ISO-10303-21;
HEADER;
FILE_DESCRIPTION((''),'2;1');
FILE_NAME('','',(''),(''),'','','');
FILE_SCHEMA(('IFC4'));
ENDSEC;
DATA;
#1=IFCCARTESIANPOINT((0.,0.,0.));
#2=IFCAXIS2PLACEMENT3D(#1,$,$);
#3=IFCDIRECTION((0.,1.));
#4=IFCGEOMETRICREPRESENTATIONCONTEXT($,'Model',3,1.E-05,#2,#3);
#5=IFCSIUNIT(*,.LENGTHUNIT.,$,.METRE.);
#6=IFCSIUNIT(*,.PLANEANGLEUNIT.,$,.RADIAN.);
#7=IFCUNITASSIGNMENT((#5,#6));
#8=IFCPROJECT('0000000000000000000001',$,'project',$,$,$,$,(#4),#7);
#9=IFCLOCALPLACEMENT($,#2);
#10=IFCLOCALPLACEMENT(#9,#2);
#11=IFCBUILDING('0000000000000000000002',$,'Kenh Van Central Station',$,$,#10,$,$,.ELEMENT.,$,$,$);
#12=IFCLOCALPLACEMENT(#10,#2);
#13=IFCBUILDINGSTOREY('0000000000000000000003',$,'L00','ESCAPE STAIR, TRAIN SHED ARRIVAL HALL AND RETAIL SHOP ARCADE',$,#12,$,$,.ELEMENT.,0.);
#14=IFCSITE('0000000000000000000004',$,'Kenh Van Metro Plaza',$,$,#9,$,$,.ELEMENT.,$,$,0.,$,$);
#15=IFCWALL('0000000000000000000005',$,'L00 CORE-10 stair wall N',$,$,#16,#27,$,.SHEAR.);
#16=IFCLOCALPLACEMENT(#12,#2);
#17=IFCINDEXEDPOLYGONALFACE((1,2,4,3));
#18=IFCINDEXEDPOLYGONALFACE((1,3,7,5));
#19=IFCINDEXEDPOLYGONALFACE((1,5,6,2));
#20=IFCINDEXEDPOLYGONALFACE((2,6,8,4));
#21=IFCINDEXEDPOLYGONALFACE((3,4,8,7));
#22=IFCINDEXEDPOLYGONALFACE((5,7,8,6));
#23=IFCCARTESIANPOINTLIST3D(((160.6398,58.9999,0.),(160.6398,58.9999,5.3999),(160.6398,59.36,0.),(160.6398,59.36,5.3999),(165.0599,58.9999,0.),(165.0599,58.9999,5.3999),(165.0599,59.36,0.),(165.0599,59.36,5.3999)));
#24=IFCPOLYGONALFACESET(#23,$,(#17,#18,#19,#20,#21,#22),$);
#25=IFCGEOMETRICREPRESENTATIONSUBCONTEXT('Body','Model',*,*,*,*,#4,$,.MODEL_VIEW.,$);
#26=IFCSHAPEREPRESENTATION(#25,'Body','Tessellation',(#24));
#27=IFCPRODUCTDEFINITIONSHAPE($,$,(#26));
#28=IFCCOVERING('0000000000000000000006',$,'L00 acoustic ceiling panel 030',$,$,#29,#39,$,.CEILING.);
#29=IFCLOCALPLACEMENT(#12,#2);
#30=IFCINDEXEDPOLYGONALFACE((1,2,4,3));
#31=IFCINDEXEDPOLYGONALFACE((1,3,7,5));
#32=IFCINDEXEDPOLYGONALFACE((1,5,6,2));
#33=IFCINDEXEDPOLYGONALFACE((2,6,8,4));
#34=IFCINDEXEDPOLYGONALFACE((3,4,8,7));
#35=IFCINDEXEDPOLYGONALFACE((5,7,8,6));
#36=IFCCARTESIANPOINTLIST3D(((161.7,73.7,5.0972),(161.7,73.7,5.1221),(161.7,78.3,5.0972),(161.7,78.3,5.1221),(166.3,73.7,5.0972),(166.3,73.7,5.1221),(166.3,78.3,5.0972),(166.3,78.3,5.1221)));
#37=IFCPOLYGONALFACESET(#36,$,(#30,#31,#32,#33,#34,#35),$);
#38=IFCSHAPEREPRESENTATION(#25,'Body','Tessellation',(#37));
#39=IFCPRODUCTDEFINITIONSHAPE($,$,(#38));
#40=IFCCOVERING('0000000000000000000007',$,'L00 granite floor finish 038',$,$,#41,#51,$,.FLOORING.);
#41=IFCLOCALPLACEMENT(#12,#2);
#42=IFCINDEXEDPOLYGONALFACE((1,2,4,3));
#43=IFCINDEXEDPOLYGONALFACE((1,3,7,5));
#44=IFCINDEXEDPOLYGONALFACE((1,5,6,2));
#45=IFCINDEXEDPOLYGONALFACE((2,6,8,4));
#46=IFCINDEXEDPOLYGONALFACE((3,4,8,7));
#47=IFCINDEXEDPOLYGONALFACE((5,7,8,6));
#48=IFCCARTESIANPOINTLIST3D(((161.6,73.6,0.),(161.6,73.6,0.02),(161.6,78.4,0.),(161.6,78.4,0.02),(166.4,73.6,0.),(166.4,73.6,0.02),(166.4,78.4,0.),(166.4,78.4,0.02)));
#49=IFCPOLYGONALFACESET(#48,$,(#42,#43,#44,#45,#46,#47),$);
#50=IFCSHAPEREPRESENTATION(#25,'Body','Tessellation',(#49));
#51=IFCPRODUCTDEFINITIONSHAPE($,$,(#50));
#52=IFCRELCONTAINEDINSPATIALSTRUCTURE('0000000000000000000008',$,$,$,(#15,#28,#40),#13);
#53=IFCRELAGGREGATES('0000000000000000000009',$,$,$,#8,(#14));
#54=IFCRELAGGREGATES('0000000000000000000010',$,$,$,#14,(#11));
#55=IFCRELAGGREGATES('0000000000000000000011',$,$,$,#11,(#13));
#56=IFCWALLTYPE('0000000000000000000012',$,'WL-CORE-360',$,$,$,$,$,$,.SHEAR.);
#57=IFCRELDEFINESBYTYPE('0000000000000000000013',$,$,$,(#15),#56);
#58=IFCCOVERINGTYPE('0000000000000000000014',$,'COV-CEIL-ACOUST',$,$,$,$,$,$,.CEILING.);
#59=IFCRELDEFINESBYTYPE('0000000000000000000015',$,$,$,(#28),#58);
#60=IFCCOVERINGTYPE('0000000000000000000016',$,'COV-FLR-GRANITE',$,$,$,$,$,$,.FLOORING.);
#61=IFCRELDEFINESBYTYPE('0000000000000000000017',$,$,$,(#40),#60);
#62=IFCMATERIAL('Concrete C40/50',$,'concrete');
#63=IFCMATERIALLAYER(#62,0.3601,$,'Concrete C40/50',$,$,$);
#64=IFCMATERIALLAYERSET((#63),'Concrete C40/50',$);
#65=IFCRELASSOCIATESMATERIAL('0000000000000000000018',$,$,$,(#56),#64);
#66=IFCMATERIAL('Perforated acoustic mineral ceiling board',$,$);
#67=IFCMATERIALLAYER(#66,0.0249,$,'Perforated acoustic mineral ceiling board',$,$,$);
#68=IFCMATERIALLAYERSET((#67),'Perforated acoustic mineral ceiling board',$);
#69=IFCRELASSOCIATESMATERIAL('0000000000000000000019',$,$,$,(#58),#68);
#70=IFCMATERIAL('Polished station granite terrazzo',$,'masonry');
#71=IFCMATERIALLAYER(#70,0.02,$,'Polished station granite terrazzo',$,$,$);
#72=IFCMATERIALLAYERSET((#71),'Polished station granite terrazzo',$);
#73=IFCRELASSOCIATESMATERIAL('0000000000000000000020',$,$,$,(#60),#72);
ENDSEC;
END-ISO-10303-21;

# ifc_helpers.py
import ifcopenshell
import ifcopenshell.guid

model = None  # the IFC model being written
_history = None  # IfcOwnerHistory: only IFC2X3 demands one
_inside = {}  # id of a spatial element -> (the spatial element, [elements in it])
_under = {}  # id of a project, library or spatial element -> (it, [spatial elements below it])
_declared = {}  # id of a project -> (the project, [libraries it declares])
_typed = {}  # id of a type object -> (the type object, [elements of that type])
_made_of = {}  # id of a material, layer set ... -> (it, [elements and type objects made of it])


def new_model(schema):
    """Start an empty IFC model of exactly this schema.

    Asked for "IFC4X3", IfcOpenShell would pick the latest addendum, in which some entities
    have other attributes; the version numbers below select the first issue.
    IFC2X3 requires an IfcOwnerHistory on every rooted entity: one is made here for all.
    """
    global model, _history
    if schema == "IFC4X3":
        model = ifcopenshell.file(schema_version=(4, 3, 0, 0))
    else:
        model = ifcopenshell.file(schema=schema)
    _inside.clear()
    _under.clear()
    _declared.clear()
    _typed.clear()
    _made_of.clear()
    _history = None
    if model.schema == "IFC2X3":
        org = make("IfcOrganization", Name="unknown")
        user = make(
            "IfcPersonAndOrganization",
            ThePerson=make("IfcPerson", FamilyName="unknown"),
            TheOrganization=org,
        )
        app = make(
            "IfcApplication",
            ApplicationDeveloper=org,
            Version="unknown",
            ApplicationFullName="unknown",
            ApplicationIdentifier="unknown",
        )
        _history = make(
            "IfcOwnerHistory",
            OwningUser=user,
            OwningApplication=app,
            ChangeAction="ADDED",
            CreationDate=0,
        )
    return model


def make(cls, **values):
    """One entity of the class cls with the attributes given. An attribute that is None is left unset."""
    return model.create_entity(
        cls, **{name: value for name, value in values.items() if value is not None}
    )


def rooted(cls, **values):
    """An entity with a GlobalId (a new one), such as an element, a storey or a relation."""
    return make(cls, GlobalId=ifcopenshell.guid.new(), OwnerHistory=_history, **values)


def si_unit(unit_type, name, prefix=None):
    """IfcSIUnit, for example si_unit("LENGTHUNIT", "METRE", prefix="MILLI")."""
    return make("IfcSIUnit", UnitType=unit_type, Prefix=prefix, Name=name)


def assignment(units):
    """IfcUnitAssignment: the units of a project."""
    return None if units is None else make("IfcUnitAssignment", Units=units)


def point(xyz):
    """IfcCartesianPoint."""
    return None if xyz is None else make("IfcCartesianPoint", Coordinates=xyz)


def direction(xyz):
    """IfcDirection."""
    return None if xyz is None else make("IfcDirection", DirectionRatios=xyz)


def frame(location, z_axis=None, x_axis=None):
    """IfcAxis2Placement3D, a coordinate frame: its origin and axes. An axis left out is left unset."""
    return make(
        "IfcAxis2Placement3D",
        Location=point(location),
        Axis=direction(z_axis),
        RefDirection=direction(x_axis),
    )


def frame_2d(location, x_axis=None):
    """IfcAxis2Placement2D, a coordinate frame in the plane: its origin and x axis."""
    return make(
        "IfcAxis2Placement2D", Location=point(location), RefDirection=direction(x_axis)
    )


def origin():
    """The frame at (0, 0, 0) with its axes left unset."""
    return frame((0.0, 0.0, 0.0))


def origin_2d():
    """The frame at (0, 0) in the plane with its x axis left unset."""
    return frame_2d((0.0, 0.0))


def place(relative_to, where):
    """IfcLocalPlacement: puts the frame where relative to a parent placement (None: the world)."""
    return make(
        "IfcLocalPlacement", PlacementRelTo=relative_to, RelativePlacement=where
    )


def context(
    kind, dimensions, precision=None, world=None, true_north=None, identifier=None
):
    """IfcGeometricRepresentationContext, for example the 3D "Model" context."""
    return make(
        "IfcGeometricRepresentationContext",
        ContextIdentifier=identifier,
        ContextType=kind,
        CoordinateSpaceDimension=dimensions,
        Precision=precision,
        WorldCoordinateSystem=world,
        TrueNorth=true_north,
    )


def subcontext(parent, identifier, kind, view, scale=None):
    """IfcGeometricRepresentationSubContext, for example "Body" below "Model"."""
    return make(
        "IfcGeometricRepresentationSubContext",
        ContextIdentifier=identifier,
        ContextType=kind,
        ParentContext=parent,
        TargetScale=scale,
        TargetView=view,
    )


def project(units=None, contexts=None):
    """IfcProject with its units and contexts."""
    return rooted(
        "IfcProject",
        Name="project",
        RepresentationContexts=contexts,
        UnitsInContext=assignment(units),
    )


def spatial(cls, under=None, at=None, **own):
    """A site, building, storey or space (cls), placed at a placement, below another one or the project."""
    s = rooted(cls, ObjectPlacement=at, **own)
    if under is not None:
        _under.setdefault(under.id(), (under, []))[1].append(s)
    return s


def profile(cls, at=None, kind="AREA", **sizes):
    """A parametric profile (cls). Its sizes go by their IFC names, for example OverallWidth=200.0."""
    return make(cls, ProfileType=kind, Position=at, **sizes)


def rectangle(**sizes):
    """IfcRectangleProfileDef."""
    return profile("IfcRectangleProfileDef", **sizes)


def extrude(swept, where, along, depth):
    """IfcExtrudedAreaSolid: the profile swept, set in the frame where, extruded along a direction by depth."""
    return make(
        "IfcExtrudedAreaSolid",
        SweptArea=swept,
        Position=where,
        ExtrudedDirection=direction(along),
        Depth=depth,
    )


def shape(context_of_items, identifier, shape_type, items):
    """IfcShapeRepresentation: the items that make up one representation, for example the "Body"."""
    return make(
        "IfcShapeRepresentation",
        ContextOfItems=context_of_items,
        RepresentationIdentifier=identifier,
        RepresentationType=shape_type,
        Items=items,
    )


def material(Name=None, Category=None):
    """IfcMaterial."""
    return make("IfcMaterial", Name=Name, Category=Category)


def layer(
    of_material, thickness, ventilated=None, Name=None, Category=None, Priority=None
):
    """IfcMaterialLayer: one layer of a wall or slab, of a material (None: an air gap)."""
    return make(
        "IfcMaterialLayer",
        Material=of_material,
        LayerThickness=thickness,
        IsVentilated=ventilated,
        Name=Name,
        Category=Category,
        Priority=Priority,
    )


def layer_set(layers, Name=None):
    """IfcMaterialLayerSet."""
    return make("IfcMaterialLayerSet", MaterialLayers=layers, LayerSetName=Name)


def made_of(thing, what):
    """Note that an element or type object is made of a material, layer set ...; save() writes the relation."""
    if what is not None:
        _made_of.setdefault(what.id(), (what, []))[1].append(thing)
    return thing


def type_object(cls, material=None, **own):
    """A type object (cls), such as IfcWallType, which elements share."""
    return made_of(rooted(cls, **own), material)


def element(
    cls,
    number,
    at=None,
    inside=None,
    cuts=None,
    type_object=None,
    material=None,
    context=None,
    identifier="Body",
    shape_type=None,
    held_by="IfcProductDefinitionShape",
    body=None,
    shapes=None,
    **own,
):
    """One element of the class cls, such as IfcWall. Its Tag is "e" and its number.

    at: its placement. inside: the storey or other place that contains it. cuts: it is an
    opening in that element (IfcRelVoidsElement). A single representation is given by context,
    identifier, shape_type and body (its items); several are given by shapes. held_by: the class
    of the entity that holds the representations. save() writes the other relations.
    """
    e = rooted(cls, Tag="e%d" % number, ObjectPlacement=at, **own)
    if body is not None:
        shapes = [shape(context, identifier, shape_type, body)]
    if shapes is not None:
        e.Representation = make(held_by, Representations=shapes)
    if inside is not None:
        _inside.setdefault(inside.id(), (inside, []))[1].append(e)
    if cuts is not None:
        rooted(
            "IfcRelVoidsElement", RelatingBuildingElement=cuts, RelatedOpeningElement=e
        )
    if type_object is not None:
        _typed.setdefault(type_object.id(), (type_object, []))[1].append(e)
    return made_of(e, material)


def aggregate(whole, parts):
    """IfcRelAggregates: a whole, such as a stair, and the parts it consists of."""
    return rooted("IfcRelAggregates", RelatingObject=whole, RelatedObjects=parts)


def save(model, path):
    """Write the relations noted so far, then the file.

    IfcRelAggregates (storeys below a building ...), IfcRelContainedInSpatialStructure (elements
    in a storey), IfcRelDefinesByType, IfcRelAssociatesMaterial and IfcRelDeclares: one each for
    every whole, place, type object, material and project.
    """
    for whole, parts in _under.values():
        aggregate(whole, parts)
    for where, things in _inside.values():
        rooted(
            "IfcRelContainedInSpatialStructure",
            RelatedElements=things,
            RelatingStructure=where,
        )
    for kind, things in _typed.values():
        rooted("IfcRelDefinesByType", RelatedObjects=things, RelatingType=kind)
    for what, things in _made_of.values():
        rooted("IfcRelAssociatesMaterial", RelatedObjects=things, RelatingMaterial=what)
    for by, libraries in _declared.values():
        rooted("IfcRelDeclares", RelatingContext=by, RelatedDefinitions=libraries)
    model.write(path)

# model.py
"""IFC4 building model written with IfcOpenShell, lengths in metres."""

from ifc_helpers import new_model, si_unit, direction, frame, frame_2d, origin, origin_2d, place, context, subcontext, project, spatial, rectangle, extrude, material, layer, layer_set, type_object, element, save


model = new_model("IFC4")

# Units and contexts
model_context = context("Model", 3, precision=1e-05, world=origin(), true_north=direction((0.0, 1.0)))
body_context = subcontext(model_context, "Body", "Model", "MODEL_VIEW")
ifc_project = project(units=[si_unit("LENGTHUNIT", "METRE"), si_unit("PLANEANGLEUNIT", "RADIAN")], contexts=[model_context])

# Site, building, storey
site_placement = place(None, origin())
site = spatial("IfcSite", under=ifc_project, at=site_placement, Name="Kenh Van Metro Plaza", CompositionType="ELEMENT", RefElevation=0.0)
building_placement = place(site_placement, origin())
building = spatial("IfcBuilding", under=site, at=building_placement, Name="Kenh Van Central Station", CompositionType="ELEMENT")
storey_placement = place(building_placement, origin())
storey = spatial("IfcBuildingStorey", under=building, at=storey_placement, Name="L00", Description="ESCAPE STAIR, TRAIN SHED ARRIVAL HALL AND RETAIL SHOP ARCADE", CompositionType="ELEMENT", Elevation=0.0)

# Shared definitions
ifc_material_1 = material(Name="Concrete C40/50", Category="concrete")

# Wall
ifc_layer_1 = layer(ifc_material_1, 0.3601, Name="Concrete C40/50")
ifc_layer_set_1 = layer_set([ifc_layer_1], Name="Concrete C40/50")
wall_type_1 = type_object("IfcWallType", Name="WL-CORE-360", PredefinedType="SHEAR", material=ifc_layer_set_1)
wall_1_placement = place(storey_placement, frame((160.6399, 59.1799, 0.0), z_axis=(0.0, 0.0, 1.0), x_axis=(1.0, 0.0, 0.0)))
element("IfcWall", 1, at=wall_1_placement, inside=storey, type_object=wall_type_1, Name="L00 CORE-10 stair wall N", PredefinedType="SHEAR", context=body_context, shape_type="SweptSolid", body=[
    extrude(rectangle(XDim=4.4202, YDim=0.3601, at=frame_2d((2.21, 0.0))), origin(), (0.0, 0.0, 1.0), 5.3999),
])

# Coverings
ifc_material_2 = material(Name="Perforated acoustic mineral ceiling board")
ifc_layer_2 = layer(ifc_material_2, 0.0249, Name="Perforated acoustic mineral ceiling board")
ifc_layer_set_2 = layer_set([ifc_layer_2], Name="Perforated acoustic mineral ceiling board")
covering_type_1 = type_object("IfcCoveringType", Name="COV-CEIL-ACOUST", PredefinedType="CEILING", material=ifc_layer_set_2)
covering_1_placement = place(storey_placement, frame((164.0, 76.0, 5.0972), z_axis=(0.0, 0.0, 1.0), x_axis=(1.0, 0.0, 0.0)))
element("IfcCovering", 2, at=covering_1_placement, inside=storey, type_object=covering_type_1, Name="L00 acoustic ceiling panel 030", PredefinedType="CEILING", context=body_context, shape_type="SweptSolid", body=[
    extrude(rectangle(XDim=4.6001, YDim=4.6001, at=origin_2d()), origin(), (0.0, 0.0, 1.0), 0.0249),
])
ifc_material_3 = material(Name="Polished station granite terrazzo", Category="masonry")
ifc_layer_3 = layer(ifc_material_3, 0.02, Name="Polished station granite terrazzo")
ifc_layer_set_3 = layer_set([ifc_layer_3], Name="Polished station granite terrazzo")
covering_type_2 = type_object("IfcCoveringType", Name="COV-FLR-GRANITE", PredefinedType="FLOORING", material=ifc_layer_set_3)
covering_2_placement = place(storey_placement, frame((164.0, 76.0, 0.0), z_axis=(0.0, 0.0, 1.0), x_axis=(1.0, 0.0, 0.0)))
element("IfcCovering", 3, at=covering_2_placement, inside=storey, type_object=covering_type_2, Name="L00 granite floor finish 038", PredefinedType="FLOORING", context=body_context, shape_type="SweptSolid", body=[
    extrude(rectangle(XDim=4.8, YDim=4.8, at=origin_2d()), origin(), (0.0, 0.0, 1.0), 0.02),
])

save(model, "model.ifc")
